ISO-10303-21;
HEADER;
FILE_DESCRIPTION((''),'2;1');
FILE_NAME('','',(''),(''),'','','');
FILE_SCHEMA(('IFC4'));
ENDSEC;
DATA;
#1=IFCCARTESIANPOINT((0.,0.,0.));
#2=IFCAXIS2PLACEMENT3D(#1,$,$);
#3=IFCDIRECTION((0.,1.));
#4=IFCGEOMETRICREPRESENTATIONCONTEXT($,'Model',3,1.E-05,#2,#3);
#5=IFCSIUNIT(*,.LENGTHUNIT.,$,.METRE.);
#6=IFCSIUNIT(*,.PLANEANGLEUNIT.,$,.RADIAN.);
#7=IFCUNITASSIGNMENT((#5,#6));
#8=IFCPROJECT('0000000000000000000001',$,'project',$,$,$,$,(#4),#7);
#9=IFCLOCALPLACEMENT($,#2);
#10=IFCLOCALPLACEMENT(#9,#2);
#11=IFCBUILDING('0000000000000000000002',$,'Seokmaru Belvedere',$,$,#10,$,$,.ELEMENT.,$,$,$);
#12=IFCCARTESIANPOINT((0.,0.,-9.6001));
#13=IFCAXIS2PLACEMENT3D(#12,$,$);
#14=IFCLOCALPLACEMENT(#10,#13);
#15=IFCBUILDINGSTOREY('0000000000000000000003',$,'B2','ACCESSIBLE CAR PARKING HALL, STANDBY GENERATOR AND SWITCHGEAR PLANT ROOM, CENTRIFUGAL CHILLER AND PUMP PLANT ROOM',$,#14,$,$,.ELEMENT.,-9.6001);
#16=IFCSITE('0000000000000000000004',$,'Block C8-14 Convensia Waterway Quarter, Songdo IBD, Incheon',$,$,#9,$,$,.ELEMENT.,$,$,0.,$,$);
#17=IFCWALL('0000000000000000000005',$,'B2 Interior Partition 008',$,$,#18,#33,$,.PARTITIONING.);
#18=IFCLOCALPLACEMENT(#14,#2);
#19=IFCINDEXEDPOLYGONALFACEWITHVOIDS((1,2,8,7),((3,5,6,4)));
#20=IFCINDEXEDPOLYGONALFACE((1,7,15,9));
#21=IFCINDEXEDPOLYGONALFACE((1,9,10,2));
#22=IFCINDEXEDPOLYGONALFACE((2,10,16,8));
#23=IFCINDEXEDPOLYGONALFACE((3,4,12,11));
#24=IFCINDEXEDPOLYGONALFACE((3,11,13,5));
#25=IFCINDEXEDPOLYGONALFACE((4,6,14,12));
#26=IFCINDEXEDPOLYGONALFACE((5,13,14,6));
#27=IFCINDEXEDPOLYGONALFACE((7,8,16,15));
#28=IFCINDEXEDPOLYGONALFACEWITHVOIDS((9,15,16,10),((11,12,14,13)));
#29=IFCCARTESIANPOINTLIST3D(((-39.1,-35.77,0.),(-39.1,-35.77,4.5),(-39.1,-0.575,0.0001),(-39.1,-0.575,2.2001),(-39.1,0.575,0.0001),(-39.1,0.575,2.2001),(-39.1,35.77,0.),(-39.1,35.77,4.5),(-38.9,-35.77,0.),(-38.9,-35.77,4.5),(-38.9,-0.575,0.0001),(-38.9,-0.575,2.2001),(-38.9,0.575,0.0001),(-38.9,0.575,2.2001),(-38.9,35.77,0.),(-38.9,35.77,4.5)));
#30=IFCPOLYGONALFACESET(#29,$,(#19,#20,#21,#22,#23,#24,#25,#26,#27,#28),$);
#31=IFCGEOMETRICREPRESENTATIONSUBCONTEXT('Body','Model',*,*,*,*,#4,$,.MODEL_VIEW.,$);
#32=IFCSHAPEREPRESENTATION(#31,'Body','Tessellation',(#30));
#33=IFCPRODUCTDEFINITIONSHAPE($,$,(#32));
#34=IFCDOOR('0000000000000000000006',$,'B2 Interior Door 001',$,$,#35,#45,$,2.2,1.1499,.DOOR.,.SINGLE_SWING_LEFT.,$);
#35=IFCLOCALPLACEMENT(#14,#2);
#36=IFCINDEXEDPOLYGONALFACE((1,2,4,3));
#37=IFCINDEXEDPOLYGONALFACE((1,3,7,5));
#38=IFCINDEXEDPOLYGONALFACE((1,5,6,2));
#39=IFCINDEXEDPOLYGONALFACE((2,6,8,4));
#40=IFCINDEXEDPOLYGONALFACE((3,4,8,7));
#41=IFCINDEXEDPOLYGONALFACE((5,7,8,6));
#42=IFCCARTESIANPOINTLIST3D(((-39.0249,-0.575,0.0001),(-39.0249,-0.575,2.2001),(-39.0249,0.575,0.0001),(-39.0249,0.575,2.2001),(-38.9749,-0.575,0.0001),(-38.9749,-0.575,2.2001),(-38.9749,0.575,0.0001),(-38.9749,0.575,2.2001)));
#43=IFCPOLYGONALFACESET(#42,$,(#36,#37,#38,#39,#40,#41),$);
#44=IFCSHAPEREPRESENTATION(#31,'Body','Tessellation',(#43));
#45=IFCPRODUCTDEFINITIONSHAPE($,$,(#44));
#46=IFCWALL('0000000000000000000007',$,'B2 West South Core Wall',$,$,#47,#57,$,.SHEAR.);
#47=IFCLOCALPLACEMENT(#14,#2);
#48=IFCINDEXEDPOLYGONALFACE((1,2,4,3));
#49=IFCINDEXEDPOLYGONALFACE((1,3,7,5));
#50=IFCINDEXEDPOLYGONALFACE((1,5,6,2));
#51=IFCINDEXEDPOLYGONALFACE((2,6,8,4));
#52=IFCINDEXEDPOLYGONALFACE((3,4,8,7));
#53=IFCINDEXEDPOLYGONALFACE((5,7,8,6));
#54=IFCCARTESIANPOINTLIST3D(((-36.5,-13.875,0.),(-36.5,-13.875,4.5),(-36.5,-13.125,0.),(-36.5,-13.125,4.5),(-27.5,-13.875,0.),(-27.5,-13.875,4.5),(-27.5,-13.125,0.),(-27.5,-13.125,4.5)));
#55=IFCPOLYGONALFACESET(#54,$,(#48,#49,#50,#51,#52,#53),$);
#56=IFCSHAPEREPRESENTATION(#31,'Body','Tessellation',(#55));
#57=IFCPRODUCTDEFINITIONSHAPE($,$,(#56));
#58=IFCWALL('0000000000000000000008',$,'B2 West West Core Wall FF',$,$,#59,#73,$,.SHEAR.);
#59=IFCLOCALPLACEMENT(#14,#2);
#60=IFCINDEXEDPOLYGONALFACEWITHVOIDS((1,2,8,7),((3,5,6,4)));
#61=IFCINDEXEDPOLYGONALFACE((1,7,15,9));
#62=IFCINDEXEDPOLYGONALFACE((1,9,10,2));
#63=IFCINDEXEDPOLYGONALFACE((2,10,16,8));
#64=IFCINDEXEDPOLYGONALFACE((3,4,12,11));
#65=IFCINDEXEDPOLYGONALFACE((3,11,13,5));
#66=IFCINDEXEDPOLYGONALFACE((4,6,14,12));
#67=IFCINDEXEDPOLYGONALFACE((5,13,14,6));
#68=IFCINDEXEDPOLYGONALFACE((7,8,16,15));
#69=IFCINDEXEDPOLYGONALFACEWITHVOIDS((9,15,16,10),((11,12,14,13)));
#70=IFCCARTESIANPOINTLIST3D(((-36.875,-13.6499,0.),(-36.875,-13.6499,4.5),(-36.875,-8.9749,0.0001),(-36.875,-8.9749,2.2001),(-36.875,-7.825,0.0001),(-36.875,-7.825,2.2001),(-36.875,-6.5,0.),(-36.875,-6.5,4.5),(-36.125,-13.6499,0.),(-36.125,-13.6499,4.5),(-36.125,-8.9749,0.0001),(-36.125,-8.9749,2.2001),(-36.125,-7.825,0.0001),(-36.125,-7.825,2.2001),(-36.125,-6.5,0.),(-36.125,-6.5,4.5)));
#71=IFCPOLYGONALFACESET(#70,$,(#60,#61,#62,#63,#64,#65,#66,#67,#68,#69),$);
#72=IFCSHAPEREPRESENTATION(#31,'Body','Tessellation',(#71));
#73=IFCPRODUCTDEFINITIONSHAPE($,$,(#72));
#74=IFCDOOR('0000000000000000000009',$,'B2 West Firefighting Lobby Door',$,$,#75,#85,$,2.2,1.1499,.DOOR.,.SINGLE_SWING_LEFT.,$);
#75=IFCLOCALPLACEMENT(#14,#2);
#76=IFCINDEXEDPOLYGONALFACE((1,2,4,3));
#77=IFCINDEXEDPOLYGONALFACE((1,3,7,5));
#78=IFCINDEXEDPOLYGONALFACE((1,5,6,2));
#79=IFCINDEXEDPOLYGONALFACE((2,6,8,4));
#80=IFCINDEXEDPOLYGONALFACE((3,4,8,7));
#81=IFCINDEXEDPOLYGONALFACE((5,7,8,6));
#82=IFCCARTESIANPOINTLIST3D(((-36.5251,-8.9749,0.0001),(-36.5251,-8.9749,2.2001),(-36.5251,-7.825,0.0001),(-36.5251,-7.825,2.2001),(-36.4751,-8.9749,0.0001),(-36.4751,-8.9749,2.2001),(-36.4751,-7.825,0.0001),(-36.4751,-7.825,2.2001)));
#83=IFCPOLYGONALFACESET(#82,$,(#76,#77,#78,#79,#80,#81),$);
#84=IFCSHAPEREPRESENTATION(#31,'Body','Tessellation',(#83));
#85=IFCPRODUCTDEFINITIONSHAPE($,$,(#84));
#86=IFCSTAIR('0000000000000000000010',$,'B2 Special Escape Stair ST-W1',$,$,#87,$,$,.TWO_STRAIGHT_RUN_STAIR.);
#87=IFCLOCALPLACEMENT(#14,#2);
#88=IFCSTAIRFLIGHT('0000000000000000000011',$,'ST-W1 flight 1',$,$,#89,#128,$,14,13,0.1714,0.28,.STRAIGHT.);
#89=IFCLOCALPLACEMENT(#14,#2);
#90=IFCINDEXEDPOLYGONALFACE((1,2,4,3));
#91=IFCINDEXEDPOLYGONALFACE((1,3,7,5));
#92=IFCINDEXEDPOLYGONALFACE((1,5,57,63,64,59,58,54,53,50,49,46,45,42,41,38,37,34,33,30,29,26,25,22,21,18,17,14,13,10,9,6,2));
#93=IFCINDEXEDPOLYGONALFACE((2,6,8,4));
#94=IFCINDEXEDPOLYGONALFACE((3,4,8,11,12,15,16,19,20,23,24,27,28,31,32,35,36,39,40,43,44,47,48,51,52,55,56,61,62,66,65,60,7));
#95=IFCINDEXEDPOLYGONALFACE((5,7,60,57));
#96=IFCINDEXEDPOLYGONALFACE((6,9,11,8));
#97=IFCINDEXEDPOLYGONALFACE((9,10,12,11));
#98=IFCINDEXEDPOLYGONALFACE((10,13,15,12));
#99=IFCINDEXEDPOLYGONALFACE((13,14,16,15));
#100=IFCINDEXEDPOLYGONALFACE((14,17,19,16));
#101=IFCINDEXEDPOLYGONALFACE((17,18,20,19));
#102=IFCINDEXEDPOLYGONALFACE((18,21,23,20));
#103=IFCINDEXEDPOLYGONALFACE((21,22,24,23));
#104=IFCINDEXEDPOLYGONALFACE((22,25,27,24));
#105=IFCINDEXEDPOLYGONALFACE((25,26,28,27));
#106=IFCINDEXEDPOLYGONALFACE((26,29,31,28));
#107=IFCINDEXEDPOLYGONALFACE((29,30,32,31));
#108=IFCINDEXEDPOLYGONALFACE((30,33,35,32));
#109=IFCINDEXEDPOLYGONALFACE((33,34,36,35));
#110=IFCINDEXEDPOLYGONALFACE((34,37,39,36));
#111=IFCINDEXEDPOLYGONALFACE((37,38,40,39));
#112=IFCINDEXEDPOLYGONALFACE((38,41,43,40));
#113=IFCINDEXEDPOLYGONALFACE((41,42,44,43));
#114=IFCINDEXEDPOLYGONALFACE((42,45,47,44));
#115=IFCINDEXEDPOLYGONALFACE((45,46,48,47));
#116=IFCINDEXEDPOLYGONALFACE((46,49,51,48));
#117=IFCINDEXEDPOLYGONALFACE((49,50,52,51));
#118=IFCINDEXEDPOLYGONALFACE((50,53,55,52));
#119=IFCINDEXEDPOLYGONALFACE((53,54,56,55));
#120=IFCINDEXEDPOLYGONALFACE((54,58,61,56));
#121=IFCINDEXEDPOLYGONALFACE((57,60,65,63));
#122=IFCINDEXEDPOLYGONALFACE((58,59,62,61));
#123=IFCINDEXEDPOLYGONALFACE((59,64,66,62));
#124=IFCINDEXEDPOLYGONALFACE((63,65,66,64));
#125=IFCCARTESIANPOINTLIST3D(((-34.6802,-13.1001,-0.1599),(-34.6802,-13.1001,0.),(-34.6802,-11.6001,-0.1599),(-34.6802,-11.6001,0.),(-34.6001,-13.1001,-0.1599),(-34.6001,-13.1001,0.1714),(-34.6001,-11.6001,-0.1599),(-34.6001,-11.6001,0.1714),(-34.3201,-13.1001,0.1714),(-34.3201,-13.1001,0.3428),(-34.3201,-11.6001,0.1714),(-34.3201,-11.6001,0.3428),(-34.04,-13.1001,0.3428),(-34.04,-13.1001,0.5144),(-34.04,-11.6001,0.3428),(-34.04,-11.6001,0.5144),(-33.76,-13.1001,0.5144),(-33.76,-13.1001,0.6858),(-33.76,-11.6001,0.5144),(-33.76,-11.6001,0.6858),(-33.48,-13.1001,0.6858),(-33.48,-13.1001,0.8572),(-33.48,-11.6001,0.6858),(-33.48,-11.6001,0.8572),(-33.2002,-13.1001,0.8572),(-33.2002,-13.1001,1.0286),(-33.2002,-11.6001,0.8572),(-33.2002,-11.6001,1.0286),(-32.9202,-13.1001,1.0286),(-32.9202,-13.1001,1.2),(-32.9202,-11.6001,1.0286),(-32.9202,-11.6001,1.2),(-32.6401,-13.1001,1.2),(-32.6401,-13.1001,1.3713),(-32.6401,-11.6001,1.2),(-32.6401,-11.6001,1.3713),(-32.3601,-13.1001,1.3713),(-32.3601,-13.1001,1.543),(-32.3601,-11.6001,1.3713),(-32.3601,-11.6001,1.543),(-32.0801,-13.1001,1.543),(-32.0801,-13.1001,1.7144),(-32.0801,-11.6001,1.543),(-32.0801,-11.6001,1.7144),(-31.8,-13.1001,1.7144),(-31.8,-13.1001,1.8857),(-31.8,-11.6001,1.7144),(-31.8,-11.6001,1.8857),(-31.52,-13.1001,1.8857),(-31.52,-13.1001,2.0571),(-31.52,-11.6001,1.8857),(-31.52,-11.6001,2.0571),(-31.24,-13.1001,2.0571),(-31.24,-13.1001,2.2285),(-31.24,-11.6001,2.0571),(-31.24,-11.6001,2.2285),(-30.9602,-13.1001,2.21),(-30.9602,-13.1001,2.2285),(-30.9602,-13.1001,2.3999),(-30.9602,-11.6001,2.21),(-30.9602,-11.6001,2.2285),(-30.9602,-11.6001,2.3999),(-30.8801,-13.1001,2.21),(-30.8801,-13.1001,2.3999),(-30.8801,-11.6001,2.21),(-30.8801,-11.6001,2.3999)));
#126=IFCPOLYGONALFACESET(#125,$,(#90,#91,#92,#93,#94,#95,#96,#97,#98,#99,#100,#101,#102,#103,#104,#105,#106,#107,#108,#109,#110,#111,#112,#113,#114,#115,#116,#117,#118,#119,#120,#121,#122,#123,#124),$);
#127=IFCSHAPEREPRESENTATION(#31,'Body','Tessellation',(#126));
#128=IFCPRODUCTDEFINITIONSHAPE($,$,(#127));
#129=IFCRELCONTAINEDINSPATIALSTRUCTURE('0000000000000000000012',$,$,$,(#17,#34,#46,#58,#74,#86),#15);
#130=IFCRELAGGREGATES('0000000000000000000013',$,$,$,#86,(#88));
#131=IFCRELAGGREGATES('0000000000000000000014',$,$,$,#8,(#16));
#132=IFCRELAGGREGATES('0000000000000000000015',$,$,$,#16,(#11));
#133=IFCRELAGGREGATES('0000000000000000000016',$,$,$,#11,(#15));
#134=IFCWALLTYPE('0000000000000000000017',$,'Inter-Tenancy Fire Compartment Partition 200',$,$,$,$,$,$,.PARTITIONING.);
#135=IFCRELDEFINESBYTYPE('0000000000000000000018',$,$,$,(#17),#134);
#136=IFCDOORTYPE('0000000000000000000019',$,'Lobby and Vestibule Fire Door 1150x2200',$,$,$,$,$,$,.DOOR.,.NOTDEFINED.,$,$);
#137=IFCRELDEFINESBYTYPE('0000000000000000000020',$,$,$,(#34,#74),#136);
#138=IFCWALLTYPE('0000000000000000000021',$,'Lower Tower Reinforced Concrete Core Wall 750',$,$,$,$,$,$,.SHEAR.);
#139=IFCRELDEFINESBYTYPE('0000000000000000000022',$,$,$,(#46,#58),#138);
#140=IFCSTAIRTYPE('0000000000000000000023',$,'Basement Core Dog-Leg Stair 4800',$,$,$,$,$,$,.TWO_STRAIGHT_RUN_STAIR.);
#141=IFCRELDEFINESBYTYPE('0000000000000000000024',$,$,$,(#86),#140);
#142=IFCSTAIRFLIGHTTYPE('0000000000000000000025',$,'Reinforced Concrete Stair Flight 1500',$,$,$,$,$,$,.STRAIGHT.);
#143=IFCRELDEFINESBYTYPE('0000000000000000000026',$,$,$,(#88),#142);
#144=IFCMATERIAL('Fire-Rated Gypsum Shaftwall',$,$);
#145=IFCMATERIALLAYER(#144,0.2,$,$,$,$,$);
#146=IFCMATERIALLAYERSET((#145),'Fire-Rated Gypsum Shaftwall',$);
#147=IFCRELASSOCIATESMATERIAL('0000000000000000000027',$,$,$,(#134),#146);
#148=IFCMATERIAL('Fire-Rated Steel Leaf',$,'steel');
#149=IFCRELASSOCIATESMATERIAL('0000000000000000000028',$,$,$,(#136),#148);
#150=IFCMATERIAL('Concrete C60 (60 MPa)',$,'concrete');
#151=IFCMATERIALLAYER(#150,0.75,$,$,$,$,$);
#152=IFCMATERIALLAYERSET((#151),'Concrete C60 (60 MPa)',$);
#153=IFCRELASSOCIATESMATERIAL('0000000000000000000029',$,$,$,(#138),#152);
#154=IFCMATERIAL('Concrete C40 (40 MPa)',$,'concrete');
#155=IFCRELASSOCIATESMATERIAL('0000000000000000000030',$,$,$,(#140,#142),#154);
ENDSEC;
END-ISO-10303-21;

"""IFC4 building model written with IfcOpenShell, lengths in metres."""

from ifc_helpers import new_model, si_unit, direction, frame, frame_2d, origin, place, context, subcontext, project, spatial, polyline, rectangle, outline, extrude, source, transform, mapped, material, layer, layer_set, type_object, type_shapes, element, fill, aggregate, save


model = new_model("IFC4")

# Units and contexts
model_context = context("Model", 3, precision=1e-05, world=origin(), true_north=direction((0.0, 1.0)))
body_context = subcontext(model_context, "Body", "Model", "MODEL_VIEW")
ifc_project = project(units=[si_unit("LENGTHUNIT", "METRE"), si_unit("PLANEANGLEUNIT", "RADIAN")], contexts=[model_context])

# Site, building, storey
site_placement = place(None, origin())
site = spatial("IfcSite", under=ifc_project, at=site_placement, Name="Block C8-14 Convensia Waterway Quarter, Songdo IBD, Incheon", CompositionType="ELEMENT", RefElevation=0.0)
building_placement = place(site_placement, origin())
building = spatial("IfcBuilding", under=site, at=building_placement, Name="Seokmaru Belvedere", CompositionType="ELEMENT")
storey_placement = place(building_placement, frame((0.0, 0.0, -9.6001)))
storey = spatial("IfcBuildingStorey", under=building, at=storey_placement, Name="B2", Description="ACCESSIBLE CAR PARKING HALL, STANDBY GENERATOR AND SWITCHGEAR PLANT ROOM, CENTRIFUGAL CHILLER AND PUMP PLANT ROOM", CompositionType="ELEMENT", Elevation=-9.6001)

# Shared definitions
ifc_material_1 = material(Name="Concrete C40 (40 MPa)", Category="concrete")

# Wall, opening, door
ifc_material_2 = material(Name="Fire-Rated Gypsum Shaftwall")
ifc_layer_1 = layer(ifc_material_2, 0.2)
ifc_layer_set_1 = layer_set([ifc_layer_1], Name="Fire-Rated Gypsum Shaftwall")
wall_type_1 = type_object("IfcWallType", Name="Inter-Tenancy Fire Compartment Partition 200", PredefinedType="PARTITIONING", material=ifc_layer_set_1)
wall_1_placement = place(storey_placement, frame((-39.0, -35.77, 0.0), z_axis=(0.0, 0.0, 1.0), x_axis=(0.0, 1.0, 0.0)))
wall_1 = element("IfcWall", 1, at=wall_1_placement, inside=storey, type_object=wall_type_1, Name="B2 Interior Partition 008", PredefinedType="PARTITIONING", context=body_context, shape_type="SweptSolid", body=[
    extrude(rectangle(XDim=71.54, YDim=0.2, at=frame_2d((35.77, 0.0))), origin(), (0.0, 0.0, 1.0), 4.5),
])
opening_1_placement = place(wall_1_placement, frame((35.1951, 0.0, 0.0)))
opening_1 = element("IfcOpeningElement", 2, at=opening_1_placement, cuts=wall_1, PredefinedType="OPENING", context=body_context, shape_type="SweptSolid", body=[
    extrude(rectangle(XDim=1.1499, YDim=2.2, at=frame_2d((0.575, 1.1001))), frame((0.0, 0.1099, 0.0), z_axis=(0.0, -1.0, 0.0), x_axis=(1.0, 0.0, 0.0)), (0.0, 0.0, 1.0), 0.22),
])
ifc_material_3 = material(Name="Fire-Rated Steel Leaf", Category="steel")
door_type = type_object("IfcDoorType", Name="Lobby and Vestibule Fire Door 1150x2200", OperationType="NOTDEFINED", PredefinedType="DOOR", material=ifc_material_3)
shared_shape_1 = source(origin(), body_context, "Body", "SweptSolid", [
    extrude(rectangle(XDim=1.1499, YDim=2.2, at=frame_2d((0.575, 1.1001))), frame((0.0, 0.0249, 0.0), z_axis=(0.0, -1.0, 0.0), x_axis=(1.0, 0.0, 0.0)), (0.0, 0.0, 1.0), 0.05),
])
type_shapes(door_type, [shared_shape_1])
door_1_placement = place(opening_1_placement, origin())
door_1 = element("IfcDoor", 3, at=door_1_placement, inside=storey, type_object=door_type, Name="B2 Interior Door 001", OperationType="SINGLE_SWING_LEFT", OverallHeight=2.2, OverallWidth=1.1499, PredefinedType="DOOR", context=body_context, shape_type="MappedRepresentation", body=[
    mapped(shared_shape_1, transform((0.0, 0.0, 0.0), scale=1.0)),
])
fill(opening_1, door_1)

# Wall
ifc_material_4 = material(Name="Concrete C60 (60 MPa)", Category="concrete")
ifc_layer_2 = layer(ifc_material_4, 0.75)
ifc_layer_set_2 = layer_set([ifc_layer_2], Name="Concrete C60 (60 MPa)")
wall_type_2 = type_object("IfcWallType", Name="Lower Tower Reinforced Concrete Core Wall 750", PredefinedType="SHEAR", material=ifc_layer_set_2)
wall_2_placement = place(storey_placement, frame((-36.5, -13.5, 0.0), z_axis=(0.0, 0.0, 1.0), x_axis=(1.0, 0.0, 0.0)))
element("IfcWall", 4, at=wall_2_placement, inside=storey, type_object=wall_type_2, Name="B2 West South Core Wall", PredefinedType="SHEAR", context=body_context, shape_type="SweptSolid", body=[
    extrude(rectangle(XDim=9.0, YDim=0.75, at=frame_2d((4.5, 0.0))), origin(), (0.0, 0.0, 1.0), 4.5),
])

# Wall, opening, door
wall_3_placement = place(storey_placement, frame((-36.5, -13.6499, 0.0), z_axis=(0.0, 0.0, 1.0), x_axis=(0.0, 1.0, 0.0)))
wall_3 = element("IfcWall", 5, at=wall_3_placement, inside=storey, type_object=wall_type_2, Name="B2 West West Core Wall FF", PredefinedType="SHEAR", context=body_context, shape_type="SweptSolid", body=[
    extrude(rectangle(XDim=7.1499, YDim=0.75, at=frame_2d((3.575, 0.0))), origin(), (0.0, 0.0, 1.0), 4.5),
])
opening_2_placement = place(wall_3_placement, frame((4.675, 0.0, 0.0)))
opening_2 = element("IfcOpeningElement", 6, at=opening_2_placement, cuts=wall_3, PredefinedType="OPENING", context=body_context, shape_type="SweptSolid", body=[
    extrude(rectangle(XDim=1.1499, YDim=2.2, at=frame_2d((0.575, 1.1001))), frame((0.0, 0.385, 0.0), z_axis=(0.0, -1.0, 0.0), x_axis=(1.0, 0.0, 0.0)), (0.0, 0.0, 1.0), 0.77),
])
door_2_placement = place(opening_2_placement, frame((1.1499, 0.0, 0.0), z_axis=(0.0, 0.0, 1.0), x_axis=(-1.0, 0.0, 0.0)))
door_2 = element("IfcDoor", 7, at=door_2_placement, inside=storey, type_object=door_type, Name="B2 West Firefighting Lobby Door", OperationType="SINGLE_SWING_LEFT", OverallHeight=2.2, OverallWidth=1.1499, PredefinedType="DOOR", context=body_context, shape_type="MappedRepresentation", body=[
    mapped(shared_shape_1, transform((0.0, 0.0, 0.0), scale=1.0)),
])
fill(opening_2, door_2)

# Stair, stair flight
stair_type = type_object("IfcStairType", Name="Basement Core Dog-Leg Stair 4800", PredefinedType="TWO_STRAIGHT_RUN_STAIR", material=ifc_material_1)
stair_placement = place(storey_placement, origin())
stair = element("IfcStair", 8, at=stair_placement, inside=storey, type_object=stair_type, Name="B2 Special Escape Stair ST-W1", PredefinedType="TWO_STRAIGHT_RUN_STAIR")
stair_flight_type = type_object("IfcStairFlightType", Name="Reinforced Concrete Stair Flight 1500", PredefinedType="STRAIGHT", material=ifc_material_1)
stair_flight_placement = place(storey_placement, frame((-34.6001, -12.3501, 0.0), z_axis=(0.0, 0.0, 1.0), x_axis=(1.0, 0.0, 0.0)))
stair_flight = element("IfcStairFlight", 9, at=stair_flight_placement, type_object=stair_flight_type, Name="ST-W1 flight 1", NumberOfRisers=14, NumberOfTreads=13, PredefinedType="STRAIGHT", RiserHeight=0.1714, TreadLength=0.28, context=body_context, shape_type="SweptSolid", body=[
    extrude(outline(polyline([(-0.0801, 0.0), (0.0, 0.1714), (0.28, 0.1714), (0.28, 0.3428), (0.5601, 0.3428), (0.5601, 0.5144), (0.8401, 0.5144), (0.8401, 0.6858), (1.1201, 0.6858), (1.1201, 0.8572), (1.3999, 0.8572), (1.3999, 1.0286), (1.6799, 1.0286), (1.6799, 1.2), (1.96, 1.2), (1.96, 1.3713), (2.24, 1.3713), (2.24, 1.543), (2.52, 1.543), (2.52, 1.7144), (2.8, 1.7144), (2.8, 1.8857), (3.0801, 1.8857), (3.0801, 2.0571), (3.3601, 2.0571), (3.3601, 2.2285), (3.6399, 2.2285), (3.6399, 2.3999), (3.72, 2.3999), (3.72, 2.21), (3.6399, 2.21), (0.0, -0.1599), (-0.0801, -0.1599), (-0.0801, 0.0)])), frame((0.0, 0.75, 0.0), z_axis=(0.0, -1.0, 0.0), x_axis=(1.0, 0.0, 0.0)), (0.0, 0.0, 1.0), 1.5),
])
aggregate(stair, [stair_flight])

save(model, "model.ifc")
